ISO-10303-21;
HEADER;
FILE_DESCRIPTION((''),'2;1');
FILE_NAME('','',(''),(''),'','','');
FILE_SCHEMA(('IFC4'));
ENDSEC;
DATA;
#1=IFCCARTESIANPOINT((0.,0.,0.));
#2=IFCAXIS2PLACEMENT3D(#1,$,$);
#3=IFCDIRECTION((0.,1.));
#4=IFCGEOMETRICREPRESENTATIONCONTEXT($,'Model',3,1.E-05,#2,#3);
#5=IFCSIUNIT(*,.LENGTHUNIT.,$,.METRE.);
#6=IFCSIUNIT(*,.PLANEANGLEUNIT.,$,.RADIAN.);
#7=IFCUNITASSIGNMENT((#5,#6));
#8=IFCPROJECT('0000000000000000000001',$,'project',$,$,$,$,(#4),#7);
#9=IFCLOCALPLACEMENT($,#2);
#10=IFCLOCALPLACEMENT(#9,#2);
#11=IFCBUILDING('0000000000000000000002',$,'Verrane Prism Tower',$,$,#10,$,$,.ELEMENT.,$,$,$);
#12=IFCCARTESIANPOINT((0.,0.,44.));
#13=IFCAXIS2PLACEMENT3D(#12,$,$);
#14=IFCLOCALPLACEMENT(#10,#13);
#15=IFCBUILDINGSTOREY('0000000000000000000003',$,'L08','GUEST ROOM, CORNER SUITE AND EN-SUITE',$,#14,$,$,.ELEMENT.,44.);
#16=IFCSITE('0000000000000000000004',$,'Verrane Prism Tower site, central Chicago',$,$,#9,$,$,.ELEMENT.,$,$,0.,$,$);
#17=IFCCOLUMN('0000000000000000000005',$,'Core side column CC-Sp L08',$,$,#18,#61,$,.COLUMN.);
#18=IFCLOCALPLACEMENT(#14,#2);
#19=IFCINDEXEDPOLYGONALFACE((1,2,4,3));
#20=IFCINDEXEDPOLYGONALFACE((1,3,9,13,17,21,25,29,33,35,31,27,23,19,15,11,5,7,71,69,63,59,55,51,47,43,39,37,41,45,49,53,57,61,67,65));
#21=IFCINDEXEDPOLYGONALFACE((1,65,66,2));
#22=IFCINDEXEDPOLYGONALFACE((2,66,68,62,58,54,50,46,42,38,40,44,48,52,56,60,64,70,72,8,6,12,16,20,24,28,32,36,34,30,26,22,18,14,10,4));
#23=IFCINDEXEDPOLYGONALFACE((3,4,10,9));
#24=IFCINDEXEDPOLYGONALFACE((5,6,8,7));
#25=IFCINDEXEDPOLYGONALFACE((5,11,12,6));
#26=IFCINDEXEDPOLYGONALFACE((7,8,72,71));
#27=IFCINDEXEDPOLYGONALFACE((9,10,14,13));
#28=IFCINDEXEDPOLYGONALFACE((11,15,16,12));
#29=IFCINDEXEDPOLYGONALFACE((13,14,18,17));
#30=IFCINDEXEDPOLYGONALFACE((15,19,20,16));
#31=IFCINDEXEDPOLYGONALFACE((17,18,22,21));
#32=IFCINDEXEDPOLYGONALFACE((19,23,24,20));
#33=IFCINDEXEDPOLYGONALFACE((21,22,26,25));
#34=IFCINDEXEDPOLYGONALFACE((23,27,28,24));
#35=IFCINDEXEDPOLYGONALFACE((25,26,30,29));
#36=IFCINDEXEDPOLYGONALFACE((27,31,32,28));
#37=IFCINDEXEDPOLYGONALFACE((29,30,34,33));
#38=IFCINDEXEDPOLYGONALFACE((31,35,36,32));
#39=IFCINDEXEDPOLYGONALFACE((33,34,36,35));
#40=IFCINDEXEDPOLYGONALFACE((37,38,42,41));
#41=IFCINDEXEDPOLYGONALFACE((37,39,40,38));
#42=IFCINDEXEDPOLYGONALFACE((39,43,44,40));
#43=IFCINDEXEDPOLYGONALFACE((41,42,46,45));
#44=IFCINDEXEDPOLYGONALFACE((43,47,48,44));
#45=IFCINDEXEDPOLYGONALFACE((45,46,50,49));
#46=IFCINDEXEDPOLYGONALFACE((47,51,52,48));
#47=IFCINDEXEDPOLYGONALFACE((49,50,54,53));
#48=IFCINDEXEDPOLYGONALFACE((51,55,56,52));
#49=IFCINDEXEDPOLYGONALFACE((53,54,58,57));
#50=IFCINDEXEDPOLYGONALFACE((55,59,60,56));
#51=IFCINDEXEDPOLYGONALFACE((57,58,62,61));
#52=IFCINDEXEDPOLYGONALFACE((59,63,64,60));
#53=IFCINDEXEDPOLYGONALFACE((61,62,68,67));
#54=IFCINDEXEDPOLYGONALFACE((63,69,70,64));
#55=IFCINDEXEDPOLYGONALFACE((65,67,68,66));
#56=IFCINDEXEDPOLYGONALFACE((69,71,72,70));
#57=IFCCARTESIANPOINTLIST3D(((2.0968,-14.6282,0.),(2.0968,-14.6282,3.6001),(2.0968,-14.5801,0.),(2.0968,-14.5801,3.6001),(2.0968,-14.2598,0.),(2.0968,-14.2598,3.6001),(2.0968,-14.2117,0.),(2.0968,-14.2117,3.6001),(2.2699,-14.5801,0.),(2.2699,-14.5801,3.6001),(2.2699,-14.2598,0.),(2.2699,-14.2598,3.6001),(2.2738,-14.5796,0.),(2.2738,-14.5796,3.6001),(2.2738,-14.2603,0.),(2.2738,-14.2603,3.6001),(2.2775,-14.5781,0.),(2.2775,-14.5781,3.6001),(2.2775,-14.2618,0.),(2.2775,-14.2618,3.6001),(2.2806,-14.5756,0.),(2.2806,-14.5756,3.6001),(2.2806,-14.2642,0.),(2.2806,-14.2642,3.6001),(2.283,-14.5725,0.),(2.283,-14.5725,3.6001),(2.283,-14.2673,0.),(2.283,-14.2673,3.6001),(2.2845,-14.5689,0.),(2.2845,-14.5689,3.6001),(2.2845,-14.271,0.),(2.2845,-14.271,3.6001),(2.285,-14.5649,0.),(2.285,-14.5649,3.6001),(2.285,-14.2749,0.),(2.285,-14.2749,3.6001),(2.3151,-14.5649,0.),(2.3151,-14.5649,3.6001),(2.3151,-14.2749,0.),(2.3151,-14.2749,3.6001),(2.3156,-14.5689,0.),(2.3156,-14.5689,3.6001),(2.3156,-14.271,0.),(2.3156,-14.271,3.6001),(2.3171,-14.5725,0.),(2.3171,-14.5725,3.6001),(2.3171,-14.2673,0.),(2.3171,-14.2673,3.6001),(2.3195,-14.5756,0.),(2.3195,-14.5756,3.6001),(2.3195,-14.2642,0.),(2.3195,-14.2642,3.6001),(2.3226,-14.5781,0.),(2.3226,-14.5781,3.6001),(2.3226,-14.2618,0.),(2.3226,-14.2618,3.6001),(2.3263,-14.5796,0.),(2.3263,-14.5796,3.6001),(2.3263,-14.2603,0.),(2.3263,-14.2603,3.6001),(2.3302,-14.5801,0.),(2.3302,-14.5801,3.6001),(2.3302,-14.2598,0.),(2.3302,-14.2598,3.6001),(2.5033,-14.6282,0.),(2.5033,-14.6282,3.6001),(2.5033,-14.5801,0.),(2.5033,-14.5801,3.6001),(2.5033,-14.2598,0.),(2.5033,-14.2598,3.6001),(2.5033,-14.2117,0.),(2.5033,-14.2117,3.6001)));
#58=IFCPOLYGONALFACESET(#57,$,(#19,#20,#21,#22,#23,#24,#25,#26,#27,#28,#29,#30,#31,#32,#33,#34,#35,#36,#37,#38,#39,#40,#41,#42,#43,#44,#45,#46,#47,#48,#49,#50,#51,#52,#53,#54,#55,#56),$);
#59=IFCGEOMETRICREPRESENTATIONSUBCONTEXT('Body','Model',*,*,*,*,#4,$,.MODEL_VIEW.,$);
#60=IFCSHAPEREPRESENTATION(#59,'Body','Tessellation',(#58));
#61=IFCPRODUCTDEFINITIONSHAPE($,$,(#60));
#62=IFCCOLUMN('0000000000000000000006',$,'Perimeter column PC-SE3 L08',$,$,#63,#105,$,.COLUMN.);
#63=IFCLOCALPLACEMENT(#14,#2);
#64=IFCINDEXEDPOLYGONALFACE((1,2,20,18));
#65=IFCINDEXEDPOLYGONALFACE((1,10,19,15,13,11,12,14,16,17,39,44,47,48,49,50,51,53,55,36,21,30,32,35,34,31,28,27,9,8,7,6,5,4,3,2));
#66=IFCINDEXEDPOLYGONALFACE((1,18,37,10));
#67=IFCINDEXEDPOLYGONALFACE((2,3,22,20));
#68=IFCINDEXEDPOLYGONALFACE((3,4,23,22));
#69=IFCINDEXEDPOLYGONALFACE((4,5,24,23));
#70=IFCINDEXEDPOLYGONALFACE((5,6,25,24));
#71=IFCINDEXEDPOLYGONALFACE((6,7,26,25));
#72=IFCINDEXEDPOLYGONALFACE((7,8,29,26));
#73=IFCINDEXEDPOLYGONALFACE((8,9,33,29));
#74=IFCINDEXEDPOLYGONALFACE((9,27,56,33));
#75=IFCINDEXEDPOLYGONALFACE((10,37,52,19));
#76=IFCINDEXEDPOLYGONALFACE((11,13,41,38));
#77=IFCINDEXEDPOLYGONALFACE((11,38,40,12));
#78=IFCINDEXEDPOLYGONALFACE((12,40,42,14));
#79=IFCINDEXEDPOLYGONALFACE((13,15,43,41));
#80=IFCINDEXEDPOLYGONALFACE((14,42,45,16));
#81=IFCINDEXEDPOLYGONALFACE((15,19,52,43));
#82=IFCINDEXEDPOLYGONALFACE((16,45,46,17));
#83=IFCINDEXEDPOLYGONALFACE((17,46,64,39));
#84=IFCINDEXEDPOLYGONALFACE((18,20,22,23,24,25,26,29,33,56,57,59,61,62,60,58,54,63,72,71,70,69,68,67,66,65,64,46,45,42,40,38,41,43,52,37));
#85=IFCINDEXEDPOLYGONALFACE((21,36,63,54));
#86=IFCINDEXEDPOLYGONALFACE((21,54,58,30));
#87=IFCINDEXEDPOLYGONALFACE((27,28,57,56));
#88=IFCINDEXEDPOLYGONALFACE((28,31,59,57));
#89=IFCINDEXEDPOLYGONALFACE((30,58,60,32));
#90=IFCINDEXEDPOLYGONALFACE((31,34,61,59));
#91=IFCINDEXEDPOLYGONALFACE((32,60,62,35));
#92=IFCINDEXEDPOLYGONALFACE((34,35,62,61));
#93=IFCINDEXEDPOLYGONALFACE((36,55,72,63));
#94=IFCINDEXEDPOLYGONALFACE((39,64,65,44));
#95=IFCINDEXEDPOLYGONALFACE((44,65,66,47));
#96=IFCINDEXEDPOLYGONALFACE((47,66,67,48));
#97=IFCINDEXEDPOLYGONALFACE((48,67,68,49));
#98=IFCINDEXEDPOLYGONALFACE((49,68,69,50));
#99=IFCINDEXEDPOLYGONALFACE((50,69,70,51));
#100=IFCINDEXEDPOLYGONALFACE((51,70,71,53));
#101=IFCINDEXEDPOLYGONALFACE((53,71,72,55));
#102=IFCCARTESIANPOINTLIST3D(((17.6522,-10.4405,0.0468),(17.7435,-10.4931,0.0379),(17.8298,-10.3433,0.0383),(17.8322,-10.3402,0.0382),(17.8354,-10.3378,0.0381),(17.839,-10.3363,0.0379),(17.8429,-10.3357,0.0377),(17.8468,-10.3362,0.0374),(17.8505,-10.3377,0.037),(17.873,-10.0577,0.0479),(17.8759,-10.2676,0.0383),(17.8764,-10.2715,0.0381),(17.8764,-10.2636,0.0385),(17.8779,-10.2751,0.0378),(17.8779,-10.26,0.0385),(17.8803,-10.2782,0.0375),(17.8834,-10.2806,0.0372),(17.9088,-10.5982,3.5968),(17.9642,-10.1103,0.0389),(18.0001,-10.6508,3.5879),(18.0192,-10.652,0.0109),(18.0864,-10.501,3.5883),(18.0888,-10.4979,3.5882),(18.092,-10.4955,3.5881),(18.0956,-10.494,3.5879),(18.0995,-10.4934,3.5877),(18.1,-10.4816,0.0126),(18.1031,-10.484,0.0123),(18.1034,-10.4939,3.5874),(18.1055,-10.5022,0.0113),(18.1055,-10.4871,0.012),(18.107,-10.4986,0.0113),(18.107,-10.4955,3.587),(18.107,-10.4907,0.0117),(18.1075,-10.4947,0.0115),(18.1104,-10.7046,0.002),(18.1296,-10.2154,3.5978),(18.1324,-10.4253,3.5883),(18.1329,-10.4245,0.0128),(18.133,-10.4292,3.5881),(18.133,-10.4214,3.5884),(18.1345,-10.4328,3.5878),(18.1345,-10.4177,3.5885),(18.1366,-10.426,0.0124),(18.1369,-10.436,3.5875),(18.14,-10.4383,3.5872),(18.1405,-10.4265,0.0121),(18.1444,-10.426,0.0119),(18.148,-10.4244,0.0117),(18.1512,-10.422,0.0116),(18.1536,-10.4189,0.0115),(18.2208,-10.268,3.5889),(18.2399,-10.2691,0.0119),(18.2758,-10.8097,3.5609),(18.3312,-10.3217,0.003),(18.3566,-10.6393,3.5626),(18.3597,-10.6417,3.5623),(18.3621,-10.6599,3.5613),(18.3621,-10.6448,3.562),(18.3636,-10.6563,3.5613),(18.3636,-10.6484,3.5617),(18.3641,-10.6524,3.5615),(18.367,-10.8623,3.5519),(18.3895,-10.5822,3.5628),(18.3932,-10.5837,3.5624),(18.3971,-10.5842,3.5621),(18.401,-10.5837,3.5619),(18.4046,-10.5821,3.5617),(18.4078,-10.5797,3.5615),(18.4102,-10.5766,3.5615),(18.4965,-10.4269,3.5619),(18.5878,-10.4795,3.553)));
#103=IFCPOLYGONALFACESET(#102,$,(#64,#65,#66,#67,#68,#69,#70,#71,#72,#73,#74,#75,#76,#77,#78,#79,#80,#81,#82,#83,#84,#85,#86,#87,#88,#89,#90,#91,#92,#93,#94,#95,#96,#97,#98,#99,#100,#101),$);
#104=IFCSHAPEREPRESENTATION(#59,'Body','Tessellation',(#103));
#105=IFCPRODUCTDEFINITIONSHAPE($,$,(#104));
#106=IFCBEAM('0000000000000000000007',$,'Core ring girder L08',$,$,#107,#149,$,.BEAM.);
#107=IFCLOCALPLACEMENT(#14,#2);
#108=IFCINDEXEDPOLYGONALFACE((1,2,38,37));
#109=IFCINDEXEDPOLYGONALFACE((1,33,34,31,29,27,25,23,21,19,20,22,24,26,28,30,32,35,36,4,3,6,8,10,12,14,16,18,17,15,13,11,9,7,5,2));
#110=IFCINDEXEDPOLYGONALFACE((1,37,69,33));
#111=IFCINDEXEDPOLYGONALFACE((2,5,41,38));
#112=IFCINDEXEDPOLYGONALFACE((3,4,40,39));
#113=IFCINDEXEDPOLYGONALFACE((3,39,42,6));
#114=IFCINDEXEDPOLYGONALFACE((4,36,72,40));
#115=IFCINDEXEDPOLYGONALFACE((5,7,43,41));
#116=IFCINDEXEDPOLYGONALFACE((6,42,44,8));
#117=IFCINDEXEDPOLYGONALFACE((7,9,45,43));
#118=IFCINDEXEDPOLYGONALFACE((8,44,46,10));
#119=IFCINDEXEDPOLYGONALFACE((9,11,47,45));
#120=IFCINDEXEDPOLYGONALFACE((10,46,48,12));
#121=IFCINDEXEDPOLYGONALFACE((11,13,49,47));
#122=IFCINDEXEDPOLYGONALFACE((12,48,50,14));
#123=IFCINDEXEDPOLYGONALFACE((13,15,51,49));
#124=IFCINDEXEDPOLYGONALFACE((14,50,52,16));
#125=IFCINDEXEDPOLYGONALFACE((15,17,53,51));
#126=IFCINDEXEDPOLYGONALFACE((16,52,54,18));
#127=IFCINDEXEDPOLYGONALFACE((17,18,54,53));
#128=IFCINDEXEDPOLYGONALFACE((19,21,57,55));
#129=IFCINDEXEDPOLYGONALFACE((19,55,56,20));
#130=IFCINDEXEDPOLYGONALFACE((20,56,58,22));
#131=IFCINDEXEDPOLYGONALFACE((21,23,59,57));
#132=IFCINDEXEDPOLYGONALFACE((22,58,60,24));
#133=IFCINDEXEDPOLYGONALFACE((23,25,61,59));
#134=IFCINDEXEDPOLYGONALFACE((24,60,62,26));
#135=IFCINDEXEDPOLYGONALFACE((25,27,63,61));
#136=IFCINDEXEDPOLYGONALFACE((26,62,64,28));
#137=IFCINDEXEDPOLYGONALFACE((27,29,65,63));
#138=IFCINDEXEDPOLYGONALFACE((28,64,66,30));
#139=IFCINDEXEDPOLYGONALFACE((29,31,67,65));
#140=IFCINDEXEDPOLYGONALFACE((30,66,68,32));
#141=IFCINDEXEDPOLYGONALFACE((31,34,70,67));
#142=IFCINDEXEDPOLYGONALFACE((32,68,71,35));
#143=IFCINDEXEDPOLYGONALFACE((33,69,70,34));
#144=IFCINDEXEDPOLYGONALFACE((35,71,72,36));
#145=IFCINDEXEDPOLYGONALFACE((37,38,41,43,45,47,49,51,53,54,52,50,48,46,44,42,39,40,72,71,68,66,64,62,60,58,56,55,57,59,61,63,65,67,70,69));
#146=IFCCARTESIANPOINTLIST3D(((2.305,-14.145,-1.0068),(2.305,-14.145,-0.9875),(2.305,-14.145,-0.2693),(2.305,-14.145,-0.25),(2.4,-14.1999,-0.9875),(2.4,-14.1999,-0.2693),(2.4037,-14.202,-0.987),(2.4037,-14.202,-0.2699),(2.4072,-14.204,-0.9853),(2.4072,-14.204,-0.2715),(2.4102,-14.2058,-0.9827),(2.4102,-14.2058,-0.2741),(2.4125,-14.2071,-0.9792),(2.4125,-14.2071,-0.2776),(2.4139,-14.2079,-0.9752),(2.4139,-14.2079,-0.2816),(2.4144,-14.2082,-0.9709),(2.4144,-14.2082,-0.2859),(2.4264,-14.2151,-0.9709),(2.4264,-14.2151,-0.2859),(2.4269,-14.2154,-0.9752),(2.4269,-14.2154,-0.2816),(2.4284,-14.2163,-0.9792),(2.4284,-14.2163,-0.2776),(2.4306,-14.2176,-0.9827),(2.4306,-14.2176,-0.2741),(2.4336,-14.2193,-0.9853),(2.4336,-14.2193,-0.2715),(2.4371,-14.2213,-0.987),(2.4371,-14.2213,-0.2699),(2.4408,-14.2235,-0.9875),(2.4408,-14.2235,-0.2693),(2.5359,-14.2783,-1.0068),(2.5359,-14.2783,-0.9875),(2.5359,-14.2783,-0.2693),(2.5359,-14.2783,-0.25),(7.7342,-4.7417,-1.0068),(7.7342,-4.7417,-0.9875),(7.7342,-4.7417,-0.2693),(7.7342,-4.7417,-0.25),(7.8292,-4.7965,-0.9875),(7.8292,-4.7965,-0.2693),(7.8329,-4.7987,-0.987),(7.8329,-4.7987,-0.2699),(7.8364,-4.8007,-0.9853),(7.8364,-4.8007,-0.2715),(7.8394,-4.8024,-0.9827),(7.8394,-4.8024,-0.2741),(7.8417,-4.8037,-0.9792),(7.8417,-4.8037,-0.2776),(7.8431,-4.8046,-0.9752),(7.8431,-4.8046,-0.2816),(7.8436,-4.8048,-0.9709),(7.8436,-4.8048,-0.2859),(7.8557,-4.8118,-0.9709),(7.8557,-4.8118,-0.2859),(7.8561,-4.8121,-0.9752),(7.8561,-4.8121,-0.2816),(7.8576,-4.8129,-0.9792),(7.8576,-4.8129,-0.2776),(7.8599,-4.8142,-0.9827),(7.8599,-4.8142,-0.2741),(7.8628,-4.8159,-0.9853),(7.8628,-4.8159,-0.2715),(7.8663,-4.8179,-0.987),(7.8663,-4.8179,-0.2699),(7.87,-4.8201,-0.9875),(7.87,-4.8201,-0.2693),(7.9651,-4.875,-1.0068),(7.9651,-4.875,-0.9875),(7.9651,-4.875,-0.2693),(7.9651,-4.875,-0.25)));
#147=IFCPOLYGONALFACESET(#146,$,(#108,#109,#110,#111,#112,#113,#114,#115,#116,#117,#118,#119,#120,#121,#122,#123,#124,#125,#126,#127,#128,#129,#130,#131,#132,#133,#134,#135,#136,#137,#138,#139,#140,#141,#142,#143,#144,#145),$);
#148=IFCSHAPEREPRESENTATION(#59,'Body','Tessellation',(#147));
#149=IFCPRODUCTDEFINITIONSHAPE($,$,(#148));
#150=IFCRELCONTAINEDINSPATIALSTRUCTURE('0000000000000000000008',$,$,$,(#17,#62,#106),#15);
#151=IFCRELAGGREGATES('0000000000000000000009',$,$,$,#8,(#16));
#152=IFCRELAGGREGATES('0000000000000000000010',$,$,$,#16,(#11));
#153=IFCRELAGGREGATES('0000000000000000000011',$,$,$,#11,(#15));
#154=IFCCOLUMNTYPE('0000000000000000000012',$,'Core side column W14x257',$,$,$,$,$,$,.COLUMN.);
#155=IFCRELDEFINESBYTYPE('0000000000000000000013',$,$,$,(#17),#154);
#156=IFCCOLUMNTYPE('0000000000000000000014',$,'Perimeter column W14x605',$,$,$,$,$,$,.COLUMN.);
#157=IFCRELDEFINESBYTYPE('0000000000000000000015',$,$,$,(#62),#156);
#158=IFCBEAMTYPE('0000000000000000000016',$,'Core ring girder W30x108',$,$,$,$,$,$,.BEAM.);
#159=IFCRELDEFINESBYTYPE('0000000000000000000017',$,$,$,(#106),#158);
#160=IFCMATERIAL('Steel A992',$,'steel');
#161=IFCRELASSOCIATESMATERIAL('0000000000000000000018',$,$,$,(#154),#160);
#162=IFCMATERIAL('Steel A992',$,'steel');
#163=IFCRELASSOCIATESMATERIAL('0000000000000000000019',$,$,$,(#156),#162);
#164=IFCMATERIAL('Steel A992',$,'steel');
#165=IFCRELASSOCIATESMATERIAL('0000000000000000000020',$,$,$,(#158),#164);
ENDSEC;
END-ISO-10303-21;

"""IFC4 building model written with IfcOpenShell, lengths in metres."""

from ifc_helpers import new_model, si_unit, direction, frame, origin, origin_2d, place, context, subcontext, project, spatial, i_section, extrude, material, material_profile, profile_set, type_object, element, save


model = new_model("IFC4")

# Units and contexts
model_context = context("Model", 3, precision=1e-05, world=origin(), true_north=direction((0.0, 1.0)))
body_context = subcontext(model_context, "Body", "Model", "MODEL_VIEW")
ifc_project = project(units=[si_unit("LENGTHUNIT", "METRE"), si_unit("PLANEANGLEUNIT", "RADIAN")], contexts=[model_context])

# Site, building, storey
site_placement = place(None, origin())
site = spatial("IfcSite", under=ifc_project, at=site_placement, Name="Verrane Prism Tower site, central Chicago", CompositionType="ELEMENT", RefElevation=0.0)
building_placement = place(site_placement, origin())
building = spatial("IfcBuilding", under=site, at=building_placement, Name="Verrane Prism Tower", CompositionType="ELEMENT")
storey_placement = place(building_placement, frame((0.0, 0.0, 44.0)))
storey = spatial("IfcBuildingStorey", under=building, at=storey_placement, Name="L08", Description="GUEST ROOM, CORNER SUITE AND EN-SUITE", CompositionType="ELEMENT", Elevation=44.0)

# Columns
ifc_material_1 = material(Name="Steel A992", Category="steel")
ifc_material_profile_1 = material_profile(ifc_material_1, i_section(OverallWidth=0.4065, OverallDepth=0.4165, WebThickness=0.03, FlangeThickness=0.0481, FilletRadius=0.0151, at=origin_2d()), Name="W14x257")
ifc_profile_set_1 = profile_set([ifc_material_profile_1], Name="Steel A992")
column_type_1 = type_object("IfcColumnType", Name="Core side column W14x257", PredefinedType="COLUMN", material=ifc_profile_set_1)
column_1_placement = place(storey_placement, frame((2.3, -14.4199, 0.0), z_axis=(0.0, 0.0, 1.0), x_axis=(1.0, 0.0, 0.0)))
element("IfcColumn", 1, at=column_1_placement, inside=storey, type_object=column_type_1, Name="Core side column CC-Sp L08", PredefinedType="COLUMN", context=body_context, shape_type="SweptSolid", body=[
    extrude(i_section(OverallWidth=0.4065, OverallDepth=0.4165, WebThickness=0.03, FlangeThickness=0.0481, FilletRadius=0.0151, at=origin_2d()), origin(), (0.0, 0.0, 1.0), 3.6001),
])
ifc_material_2 = material(Name="Steel A992", Category="steel")
ifc_material_profile_2 = material_profile(ifc_material_2, i_section(OverallWidth=0.4419, OverallDepth=0.5308, WebThickness=0.0659, FlangeThickness=0.1057, FilletRadius=0.0151, at=origin_2d()), Name="W14x605")
ifc_profile_set_2 = profile_set([ifc_material_profile_2], Name="Steel A992")
column_type_2 = type_object("IfcColumnType", Name="Perimeter column W14x605", PredefinedType="COLUMN", material=ifc_profile_set_2)
column_2_placement = place(storey_placement, frame((17.9917, -10.3811, 0.0249), z_axis=(0.07202, -0.044267, 0.99642), x_axis=(-0.499538, -0.866289, -0.00238)))
element("IfcColumn", 2, at=column_2_placement, inside=storey, type_object=column_type_2, Name="Perimeter column PC-SE3 L08", PredefinedType="COLUMN", context=body_context, shape_type="SweptSolid", body=[
    extrude(i_section(OverallWidth=0.4419, OverallDepth=0.5308, WebThickness=0.0659, FlangeThickness=0.1057, FilletRadius=0.0151, at=origin_2d()), origin(), (0.0, 0.0, 1.0), 3.5627),
])

# Beam
ifc_material_3 = material(Name="Steel A992", Category="steel")
ifc_material_profile_3 = material_profile(ifc_material_3, i_section(OverallWidth=0.2666, OverallDepth=0.7568, WebThickness=0.0139, FlangeThickness=0.0193, FilletRadius=0.0166, at=origin_2d()), Name="W30x108")
ifc_profile_set_3 = profile_set([ifc_material_profile_3], Name="Steel A992")
beam_type_1 = type_object("IfcBeamType", Name="Core ring girder W30x108", PredefinedType="BEAM", material=ifc_profile_set_3)
beam_1_placement = place(storey_placement, frame((2.4204, -14.2117, -0.6284), z_axis=(0.500013, 0.866018, 0.0), x_axis=(-0.866018, 0.500013, 0.0)))
element("IfcBeam", 3, at=beam_1_placement, inside=storey, type_object=beam_type_1, Name="Core ring girder L08", PredefinedType="BEAM", context=body_context, shape_type="SweptSolid", body=[
    extrude(i_section(OverallWidth=0.2666, OverallDepth=0.7568, WebThickness=0.0139, FlangeThickness=0.0193, FilletRadius=0.0166, at=origin_2d()), origin(), (0.0, 0.0, 1.0), 10.8582),
])

save(model, "model.ifc")
